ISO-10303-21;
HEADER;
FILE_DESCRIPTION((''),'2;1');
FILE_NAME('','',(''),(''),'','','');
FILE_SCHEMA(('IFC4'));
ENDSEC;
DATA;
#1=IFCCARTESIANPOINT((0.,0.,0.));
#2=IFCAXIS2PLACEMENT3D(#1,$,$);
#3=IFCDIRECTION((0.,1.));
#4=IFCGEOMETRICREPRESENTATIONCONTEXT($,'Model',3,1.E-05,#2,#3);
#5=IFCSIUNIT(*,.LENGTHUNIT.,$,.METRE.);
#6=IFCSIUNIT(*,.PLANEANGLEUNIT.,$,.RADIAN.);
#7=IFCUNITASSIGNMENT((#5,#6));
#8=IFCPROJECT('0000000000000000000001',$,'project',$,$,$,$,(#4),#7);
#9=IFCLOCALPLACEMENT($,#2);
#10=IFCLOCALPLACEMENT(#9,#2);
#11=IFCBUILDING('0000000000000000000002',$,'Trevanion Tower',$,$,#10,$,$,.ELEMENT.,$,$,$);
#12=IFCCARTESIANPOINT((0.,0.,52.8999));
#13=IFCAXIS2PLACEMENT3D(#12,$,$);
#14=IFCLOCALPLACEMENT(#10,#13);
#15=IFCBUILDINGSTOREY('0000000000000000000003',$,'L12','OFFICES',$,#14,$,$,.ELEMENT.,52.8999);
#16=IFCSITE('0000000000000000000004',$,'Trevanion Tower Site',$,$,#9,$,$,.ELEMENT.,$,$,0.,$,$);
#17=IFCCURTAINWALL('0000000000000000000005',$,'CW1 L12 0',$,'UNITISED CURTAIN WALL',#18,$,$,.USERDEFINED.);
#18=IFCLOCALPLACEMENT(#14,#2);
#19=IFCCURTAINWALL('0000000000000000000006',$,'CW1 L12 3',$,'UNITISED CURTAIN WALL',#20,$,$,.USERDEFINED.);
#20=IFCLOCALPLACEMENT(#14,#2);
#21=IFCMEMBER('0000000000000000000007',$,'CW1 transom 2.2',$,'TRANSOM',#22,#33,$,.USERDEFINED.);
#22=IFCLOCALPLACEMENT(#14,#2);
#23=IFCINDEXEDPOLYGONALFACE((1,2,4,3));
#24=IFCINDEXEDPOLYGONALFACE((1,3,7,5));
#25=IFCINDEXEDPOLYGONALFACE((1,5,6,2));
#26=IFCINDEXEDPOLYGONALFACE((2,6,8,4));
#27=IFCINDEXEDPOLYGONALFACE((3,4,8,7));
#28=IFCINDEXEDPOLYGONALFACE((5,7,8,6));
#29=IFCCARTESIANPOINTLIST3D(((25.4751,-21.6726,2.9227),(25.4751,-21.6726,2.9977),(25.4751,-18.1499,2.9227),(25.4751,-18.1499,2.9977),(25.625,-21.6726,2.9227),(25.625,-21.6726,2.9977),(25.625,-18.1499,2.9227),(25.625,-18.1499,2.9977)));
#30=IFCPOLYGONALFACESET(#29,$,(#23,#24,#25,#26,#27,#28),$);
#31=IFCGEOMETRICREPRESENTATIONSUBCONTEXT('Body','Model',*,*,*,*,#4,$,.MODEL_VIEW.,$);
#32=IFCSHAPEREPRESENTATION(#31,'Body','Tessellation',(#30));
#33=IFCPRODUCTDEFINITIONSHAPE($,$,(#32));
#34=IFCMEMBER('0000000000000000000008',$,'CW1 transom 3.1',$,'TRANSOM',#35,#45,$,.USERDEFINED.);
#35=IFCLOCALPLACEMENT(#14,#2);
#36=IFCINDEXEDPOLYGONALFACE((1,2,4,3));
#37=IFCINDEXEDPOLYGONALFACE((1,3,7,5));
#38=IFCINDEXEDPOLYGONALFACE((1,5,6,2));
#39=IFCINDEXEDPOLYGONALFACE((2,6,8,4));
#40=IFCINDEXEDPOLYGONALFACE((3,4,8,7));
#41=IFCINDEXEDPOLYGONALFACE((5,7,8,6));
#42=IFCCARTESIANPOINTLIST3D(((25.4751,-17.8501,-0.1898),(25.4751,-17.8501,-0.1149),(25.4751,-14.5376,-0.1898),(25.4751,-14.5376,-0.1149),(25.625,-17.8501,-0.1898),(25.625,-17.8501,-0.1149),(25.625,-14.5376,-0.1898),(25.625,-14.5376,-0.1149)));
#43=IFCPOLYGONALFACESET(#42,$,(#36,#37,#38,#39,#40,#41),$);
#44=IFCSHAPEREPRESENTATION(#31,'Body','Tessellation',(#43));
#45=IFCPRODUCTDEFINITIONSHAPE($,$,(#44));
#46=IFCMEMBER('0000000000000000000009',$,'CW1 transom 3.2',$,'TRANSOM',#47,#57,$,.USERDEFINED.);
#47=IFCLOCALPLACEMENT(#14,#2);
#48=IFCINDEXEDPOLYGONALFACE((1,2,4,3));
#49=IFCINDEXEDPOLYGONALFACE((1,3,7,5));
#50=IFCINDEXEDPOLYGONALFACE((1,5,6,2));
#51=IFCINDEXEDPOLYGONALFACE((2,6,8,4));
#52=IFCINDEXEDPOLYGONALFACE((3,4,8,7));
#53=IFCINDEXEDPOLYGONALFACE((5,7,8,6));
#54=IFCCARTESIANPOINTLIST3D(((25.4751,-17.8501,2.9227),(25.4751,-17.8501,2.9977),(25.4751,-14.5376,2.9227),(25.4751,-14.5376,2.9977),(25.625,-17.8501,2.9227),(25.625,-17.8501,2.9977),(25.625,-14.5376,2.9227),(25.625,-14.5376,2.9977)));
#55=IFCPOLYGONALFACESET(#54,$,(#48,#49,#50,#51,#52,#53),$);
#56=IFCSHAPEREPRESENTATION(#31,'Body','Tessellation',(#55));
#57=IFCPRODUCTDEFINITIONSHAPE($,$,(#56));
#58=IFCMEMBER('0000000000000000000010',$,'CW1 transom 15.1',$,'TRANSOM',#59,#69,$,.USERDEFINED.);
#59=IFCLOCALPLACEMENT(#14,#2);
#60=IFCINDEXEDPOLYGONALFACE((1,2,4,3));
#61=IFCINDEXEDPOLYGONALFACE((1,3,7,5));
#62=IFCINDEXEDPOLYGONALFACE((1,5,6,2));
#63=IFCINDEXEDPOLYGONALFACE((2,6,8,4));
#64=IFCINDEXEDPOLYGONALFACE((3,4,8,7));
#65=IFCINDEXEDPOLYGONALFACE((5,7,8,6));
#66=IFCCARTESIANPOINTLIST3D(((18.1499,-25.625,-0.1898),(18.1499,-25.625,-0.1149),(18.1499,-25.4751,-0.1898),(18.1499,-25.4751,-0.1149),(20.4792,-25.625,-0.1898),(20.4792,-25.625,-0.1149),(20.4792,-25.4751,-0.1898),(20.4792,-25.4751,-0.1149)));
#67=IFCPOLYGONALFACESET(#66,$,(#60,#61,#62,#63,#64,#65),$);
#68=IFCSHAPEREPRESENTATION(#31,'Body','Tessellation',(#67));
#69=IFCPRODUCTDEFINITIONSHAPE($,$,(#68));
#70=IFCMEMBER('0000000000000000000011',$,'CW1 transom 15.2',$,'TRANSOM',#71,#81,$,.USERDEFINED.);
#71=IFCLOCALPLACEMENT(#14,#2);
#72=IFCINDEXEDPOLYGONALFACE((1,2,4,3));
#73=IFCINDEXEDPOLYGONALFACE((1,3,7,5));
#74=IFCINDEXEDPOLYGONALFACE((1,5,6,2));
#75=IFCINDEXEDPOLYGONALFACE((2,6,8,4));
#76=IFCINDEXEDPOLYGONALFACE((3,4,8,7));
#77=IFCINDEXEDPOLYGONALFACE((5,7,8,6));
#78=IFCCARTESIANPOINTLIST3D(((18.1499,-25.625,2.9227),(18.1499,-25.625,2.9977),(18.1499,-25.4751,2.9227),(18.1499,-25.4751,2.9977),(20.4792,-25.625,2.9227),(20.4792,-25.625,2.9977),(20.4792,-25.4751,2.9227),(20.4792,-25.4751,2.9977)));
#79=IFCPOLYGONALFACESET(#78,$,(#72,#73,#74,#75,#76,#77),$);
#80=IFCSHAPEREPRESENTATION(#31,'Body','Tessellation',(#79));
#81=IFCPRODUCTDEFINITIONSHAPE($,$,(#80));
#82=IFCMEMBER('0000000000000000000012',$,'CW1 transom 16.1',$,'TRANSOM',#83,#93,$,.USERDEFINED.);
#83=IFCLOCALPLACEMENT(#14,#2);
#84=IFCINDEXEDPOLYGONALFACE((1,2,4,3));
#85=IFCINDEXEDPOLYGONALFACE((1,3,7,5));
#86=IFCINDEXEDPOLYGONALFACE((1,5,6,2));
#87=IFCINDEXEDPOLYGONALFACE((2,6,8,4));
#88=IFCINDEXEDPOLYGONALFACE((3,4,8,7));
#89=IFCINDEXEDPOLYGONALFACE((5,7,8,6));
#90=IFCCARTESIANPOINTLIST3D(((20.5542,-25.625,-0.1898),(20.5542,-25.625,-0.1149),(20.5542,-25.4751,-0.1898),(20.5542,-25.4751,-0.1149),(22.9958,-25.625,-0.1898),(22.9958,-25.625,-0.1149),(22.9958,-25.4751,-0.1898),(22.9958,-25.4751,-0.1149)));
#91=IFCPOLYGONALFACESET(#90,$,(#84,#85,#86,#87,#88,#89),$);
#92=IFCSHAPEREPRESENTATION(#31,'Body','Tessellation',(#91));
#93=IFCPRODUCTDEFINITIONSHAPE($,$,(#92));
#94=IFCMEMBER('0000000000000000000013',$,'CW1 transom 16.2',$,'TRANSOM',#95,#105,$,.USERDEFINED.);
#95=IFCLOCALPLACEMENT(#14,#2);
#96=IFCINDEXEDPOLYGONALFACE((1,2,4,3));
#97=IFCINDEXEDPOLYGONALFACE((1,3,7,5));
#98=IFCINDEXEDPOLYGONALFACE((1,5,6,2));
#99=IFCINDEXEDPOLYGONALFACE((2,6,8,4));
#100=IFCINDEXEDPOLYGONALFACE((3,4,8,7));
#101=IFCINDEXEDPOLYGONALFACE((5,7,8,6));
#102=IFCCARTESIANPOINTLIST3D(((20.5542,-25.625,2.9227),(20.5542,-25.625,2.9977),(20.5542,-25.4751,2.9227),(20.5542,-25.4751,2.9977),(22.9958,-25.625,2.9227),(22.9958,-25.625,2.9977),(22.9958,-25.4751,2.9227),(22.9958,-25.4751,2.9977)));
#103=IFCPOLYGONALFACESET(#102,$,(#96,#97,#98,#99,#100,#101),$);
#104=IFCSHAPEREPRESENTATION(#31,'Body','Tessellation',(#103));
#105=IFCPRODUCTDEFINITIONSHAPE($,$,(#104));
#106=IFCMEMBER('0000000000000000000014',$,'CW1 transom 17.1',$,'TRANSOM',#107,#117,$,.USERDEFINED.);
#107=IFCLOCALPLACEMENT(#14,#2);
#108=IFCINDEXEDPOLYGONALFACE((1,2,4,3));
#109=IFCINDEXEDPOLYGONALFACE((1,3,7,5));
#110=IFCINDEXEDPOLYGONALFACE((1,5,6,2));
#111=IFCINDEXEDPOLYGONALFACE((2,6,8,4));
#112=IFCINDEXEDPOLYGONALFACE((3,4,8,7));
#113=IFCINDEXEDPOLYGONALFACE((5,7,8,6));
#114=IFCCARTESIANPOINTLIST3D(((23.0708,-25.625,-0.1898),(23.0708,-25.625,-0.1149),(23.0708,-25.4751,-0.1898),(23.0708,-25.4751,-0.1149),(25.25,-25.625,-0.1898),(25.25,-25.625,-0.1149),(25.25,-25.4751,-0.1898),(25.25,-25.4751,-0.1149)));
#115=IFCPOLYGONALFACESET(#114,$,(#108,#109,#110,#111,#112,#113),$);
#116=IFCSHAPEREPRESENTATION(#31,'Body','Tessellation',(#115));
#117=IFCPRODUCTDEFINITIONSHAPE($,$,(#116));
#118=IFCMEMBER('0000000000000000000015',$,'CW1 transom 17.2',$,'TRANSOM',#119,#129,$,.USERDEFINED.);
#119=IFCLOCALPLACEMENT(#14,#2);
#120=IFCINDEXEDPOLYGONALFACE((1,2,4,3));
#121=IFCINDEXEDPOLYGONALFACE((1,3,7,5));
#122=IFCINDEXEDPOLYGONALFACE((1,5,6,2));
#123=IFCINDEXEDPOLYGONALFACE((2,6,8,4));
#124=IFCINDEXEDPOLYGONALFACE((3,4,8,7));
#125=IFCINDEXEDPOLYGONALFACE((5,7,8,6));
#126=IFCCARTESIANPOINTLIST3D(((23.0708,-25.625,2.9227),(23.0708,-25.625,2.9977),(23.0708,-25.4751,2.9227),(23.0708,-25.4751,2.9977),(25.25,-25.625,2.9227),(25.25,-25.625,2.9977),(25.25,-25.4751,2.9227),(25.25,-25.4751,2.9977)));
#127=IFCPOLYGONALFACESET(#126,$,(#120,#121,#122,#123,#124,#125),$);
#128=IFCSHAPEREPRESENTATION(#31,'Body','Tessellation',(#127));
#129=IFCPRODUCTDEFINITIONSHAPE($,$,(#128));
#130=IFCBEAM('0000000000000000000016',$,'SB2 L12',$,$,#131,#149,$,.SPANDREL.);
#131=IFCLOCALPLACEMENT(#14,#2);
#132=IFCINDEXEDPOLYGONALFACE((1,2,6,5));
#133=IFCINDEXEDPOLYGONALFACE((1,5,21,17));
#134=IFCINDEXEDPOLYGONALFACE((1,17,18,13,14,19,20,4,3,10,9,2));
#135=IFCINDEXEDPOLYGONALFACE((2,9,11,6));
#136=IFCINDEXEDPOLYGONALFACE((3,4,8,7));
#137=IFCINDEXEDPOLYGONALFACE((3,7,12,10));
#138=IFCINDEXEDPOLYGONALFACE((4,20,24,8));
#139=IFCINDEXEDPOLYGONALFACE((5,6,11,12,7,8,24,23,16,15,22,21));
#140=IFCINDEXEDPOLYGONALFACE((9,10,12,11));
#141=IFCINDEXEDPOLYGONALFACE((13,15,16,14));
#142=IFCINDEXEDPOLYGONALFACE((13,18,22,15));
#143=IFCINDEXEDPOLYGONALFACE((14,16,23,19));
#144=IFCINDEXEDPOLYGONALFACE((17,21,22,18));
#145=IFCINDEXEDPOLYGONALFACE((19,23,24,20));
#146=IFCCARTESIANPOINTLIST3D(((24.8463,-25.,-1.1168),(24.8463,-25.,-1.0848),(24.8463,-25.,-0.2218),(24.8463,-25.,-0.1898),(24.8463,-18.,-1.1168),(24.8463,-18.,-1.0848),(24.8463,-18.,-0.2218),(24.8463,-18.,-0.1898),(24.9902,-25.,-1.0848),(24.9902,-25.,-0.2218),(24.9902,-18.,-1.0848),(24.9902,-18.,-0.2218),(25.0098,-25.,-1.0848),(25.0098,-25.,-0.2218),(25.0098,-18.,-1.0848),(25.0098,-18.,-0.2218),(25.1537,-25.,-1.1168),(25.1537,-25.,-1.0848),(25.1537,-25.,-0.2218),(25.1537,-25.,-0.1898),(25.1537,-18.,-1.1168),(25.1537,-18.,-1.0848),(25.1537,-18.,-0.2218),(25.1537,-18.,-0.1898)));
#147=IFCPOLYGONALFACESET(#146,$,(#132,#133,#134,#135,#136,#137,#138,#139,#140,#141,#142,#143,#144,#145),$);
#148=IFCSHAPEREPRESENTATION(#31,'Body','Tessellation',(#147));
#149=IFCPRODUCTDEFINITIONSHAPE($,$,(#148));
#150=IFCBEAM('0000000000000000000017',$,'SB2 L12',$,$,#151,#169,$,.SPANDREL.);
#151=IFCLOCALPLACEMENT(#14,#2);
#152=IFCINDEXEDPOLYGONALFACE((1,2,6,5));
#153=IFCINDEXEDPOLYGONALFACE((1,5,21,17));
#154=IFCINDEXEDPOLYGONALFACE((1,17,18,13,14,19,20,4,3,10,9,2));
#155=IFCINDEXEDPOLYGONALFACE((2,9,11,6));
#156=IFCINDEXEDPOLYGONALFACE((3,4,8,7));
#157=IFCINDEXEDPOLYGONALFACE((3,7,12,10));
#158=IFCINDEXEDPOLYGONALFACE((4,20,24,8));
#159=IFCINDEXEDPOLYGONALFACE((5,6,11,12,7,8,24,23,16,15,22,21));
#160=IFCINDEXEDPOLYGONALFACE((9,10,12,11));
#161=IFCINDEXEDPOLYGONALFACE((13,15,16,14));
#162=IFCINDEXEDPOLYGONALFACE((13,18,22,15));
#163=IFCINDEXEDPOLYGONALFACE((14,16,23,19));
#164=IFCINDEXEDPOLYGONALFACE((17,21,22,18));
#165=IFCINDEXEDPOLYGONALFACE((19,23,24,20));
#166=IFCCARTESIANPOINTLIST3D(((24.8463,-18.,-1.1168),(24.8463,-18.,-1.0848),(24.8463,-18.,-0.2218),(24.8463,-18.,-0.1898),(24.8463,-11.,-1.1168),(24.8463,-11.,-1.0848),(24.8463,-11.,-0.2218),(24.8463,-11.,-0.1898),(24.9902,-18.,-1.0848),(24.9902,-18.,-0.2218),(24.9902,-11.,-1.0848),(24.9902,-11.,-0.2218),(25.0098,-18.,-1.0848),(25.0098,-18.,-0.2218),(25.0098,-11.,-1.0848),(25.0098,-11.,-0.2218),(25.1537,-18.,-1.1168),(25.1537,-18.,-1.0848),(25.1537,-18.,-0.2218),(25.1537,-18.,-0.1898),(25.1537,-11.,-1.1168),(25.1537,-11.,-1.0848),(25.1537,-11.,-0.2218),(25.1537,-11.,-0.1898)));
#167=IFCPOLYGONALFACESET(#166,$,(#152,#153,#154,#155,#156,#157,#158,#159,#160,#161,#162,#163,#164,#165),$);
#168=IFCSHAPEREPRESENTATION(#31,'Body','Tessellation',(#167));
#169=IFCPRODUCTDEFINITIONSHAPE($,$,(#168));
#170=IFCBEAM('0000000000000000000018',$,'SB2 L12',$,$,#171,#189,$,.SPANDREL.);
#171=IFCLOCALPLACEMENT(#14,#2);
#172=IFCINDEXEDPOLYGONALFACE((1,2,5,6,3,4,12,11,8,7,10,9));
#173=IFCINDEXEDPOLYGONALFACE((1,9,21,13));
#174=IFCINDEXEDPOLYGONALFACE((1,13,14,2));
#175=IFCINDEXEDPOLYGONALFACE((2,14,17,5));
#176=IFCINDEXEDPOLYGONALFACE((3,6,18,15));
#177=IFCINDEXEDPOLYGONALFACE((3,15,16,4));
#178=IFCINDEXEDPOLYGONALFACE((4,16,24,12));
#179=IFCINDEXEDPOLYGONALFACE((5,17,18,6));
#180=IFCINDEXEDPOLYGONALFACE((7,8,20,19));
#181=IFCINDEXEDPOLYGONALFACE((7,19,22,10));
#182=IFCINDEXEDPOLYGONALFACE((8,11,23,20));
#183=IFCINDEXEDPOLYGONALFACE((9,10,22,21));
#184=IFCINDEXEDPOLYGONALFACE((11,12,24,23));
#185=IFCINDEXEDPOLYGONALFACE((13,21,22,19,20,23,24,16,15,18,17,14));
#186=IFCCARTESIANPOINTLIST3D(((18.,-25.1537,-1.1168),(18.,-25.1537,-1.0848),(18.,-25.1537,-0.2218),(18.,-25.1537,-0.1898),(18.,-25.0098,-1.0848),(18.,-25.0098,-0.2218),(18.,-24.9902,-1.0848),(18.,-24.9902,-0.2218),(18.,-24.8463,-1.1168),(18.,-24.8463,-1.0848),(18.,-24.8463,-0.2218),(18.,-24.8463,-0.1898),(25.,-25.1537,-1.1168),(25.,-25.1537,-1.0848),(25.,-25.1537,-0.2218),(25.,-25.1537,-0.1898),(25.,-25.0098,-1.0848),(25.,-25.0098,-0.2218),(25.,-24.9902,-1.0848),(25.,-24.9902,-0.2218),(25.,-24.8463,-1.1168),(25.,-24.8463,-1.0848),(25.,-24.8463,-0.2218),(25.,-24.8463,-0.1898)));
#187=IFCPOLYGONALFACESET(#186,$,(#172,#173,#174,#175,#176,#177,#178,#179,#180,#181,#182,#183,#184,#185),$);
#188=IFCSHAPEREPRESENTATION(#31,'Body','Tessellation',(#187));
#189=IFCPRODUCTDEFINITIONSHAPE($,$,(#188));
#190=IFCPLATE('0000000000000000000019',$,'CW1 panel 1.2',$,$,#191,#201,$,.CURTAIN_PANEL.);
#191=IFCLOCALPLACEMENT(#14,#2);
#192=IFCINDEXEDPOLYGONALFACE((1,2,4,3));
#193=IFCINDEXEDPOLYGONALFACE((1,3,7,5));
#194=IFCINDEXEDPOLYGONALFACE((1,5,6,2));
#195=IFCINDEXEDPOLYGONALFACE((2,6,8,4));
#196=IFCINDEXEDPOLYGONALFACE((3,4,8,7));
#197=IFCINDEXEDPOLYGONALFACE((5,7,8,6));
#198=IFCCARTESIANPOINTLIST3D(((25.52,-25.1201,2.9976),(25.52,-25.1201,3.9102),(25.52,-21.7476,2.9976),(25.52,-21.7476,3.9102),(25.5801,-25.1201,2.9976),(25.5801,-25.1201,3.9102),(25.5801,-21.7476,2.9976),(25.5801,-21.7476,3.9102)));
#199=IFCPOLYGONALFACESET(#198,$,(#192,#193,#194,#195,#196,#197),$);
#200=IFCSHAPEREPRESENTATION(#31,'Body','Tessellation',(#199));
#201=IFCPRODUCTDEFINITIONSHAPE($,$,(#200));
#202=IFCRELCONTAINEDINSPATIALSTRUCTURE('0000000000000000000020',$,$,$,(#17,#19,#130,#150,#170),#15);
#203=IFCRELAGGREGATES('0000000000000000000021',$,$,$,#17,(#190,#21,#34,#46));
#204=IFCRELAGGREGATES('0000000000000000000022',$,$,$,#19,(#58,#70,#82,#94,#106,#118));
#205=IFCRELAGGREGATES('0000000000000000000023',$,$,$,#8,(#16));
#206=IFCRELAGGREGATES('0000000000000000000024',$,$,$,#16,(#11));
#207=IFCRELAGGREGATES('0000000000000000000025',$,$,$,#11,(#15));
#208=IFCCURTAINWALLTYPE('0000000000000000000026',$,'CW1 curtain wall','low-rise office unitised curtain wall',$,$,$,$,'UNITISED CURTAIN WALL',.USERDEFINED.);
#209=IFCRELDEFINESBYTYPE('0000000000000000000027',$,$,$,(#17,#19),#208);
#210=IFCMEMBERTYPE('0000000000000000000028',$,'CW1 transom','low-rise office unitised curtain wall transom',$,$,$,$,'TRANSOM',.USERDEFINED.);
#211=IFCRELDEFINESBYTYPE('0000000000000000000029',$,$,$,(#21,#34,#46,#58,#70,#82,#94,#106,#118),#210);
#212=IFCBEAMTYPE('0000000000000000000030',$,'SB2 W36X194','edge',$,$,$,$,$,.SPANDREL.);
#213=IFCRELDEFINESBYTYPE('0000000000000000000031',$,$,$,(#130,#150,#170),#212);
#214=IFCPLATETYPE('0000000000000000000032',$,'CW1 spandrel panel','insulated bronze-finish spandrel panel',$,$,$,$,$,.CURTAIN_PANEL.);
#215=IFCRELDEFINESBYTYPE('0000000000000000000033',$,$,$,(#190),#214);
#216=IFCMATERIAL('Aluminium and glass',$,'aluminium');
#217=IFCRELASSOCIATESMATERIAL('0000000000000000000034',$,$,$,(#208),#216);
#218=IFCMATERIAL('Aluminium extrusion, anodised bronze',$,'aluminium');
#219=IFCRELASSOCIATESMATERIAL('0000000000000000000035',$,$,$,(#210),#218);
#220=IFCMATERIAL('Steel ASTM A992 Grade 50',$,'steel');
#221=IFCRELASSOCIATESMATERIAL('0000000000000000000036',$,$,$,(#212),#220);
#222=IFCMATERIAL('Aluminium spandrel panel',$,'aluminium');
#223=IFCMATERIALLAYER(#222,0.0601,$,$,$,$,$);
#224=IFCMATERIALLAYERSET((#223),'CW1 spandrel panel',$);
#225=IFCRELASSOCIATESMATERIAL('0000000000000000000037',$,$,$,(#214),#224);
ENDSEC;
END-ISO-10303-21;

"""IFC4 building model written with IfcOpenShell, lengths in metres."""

from ifc_helpers import new_model, si_unit, direction, frame, origin, origin_2d, place, context, subcontext, project, spatial, rectangle, i_section, extrude, material, layer, layer_set, material_profile, profile_set, type_object, element, aggregate, save


model = new_model("IFC4")

# Units and contexts
model_context = context("Model", 3, precision=1e-05, world=origin(), true_north=direction((0.0, 1.0)))
body_context = subcontext(model_context, "Body", "Model", "MODEL_VIEW")
ifc_project = project(units=[si_unit("LENGTHUNIT", "METRE"), si_unit("PLANEANGLEUNIT", "RADIAN")], contexts=[model_context])

# Site, building, storey
site_placement = place(None, origin())
site = spatial("IfcSite", under=ifc_project, at=site_placement, Name="Trevanion Tower Site", CompositionType="ELEMENT", RefElevation=0.0)
building_placement = place(site_placement, origin())
building = spatial("IfcBuilding", under=site, at=building_placement, Name="Trevanion Tower", CompositionType="ELEMENT")
storey_placement = place(building_placement, frame((0.0, 0.0, 52.8999)))
storey = spatial("IfcBuildingStorey", under=building, at=storey_placement, Name="L12", Description="OFFICES", CompositionType="ELEMENT", Elevation=52.8999)

# Curtain wall
ifc_material_1 = material(Name="Aluminium and glass", Category="aluminium")
curtain_wall_type = type_object("IfcCurtainWallType", Name="CW1 curtain wall", Description="low-rise office unitised curtain wall", ElementType="UNITISED CURTAIN WALL", PredefinedType="USERDEFINED", material=ifc_material_1)
curtain_wall_1_placement = place(storey_placement, origin())
curtain_wall_1 = element("IfcCurtainWall", 1, at=curtain_wall_1_placement, inside=storey, type_object=curtain_wall_type, Name="CW1 L12 0", ObjectType="UNITISED CURTAIN WALL", PredefinedType="USERDEFINED")

# Curtain wall
curtain_wall_2_placement = place(storey_placement, origin())
curtain_wall_2 = element("IfcCurtainWall", 2, at=curtain_wall_2_placement, inside=storey, type_object=curtain_wall_type, Name="CW1 L12 3", ObjectType="UNITISED CURTAIN WALL", PredefinedType="USERDEFINED")

# Members
ifc_material_2 = material(Name="Aluminium extrusion, anodised bronze", Category="aluminium")
ifc_material_profile_1 = material_profile(ifc_material_2, rectangle(XDim=0.1499, YDim=0.075, at=origin_2d()), Name="CW1 transom")
ifc_profile_set_1 = profile_set([ifc_material_profile_1], Name="Aluminium extrusion, anodised bronze")
member_type_1 = type_object("IfcMemberType", Name="CW1 transom", Description="low-rise office unitised curtain wall transom", ElementType="TRANSOM", PredefinedType="USERDEFINED", material=ifc_profile_set_1)
member_1_placement = place(storey_placement, frame((25.55, -21.6726, 2.9602), z_axis=(0.0, 1.0, 0.0), x_axis=(-1.0, 0.0, 0.0)))
member_1 = element("IfcMember", 3, at=member_1_placement, type_object=member_type_1, Name="CW1 transom 2.2", ObjectType="TRANSOM", PredefinedType="USERDEFINED", context=body_context, shape_type="SweptSolid", body=[
    extrude(rectangle(XDim=0.1499, YDim=0.075, at=origin_2d()), origin(), (0.0, 0.0, 1.0), 3.5227),
])
member_2_placement = place(storey_placement, frame((25.55, -17.8501, -0.1523), z_axis=(0.0, 1.0, 0.0), x_axis=(-1.0, 0.0, 0.0)))
member_2 = element("IfcMember", 4, at=member_2_placement, type_object=member_type_1, Name="CW1 transom 3.1", ObjectType="TRANSOM", PredefinedType="USERDEFINED", context=body_context, shape_type="SweptSolid", body=[
    extrude(rectangle(XDim=0.1499, YDim=0.075, at=origin_2d()), origin(), (0.0, 0.0, 1.0), 3.3125),
])
member_3_placement = place(storey_placement, frame((25.55, -17.8501, 2.9602), z_axis=(0.0, 1.0, 0.0), x_axis=(-1.0, 0.0, 0.0)))
member_3 = element("IfcMember", 5, at=member_3_placement, type_object=member_type_1, Name="CW1 transom 3.2", ObjectType="TRANSOM", PredefinedType="USERDEFINED", context=body_context, shape_type="SweptSolid", body=[
    extrude(rectangle(XDim=0.1499, YDim=0.075, at=origin_2d()), origin(), (0.0, 0.0, 1.0), 3.3125),
])
member_4_placement = place(storey_placement, frame((18.1499, -25.55, -0.1523), z_axis=(1.0, 0.0, 0.0), x_axis=(0.0, 1.0, 0.0)))
member_4 = element("IfcMember", 6, at=member_4_placement, type_object=member_type_1, Name="CW1 transom 15.1", ObjectType="TRANSOM", PredefinedType="USERDEFINED", context=body_context, shape_type="SweptSolid", body=[
    extrude(rectangle(XDim=0.1499, YDim=0.075, at=origin_2d()), origin(), (0.0, 0.0, 1.0), 2.3293),
])
member_5_placement = place(storey_placement, frame((18.1499, -25.55, 2.9602), z_axis=(1.0, 0.0, 0.0), x_axis=(0.0, 1.0, 0.0)))
member_5 = element("IfcMember", 7, at=member_5_placement, type_object=member_type_1, Name="CW1 transom 15.2", ObjectType="TRANSOM", PredefinedType="USERDEFINED", context=body_context, shape_type="SweptSolid", body=[
    extrude(rectangle(XDim=0.1499, YDim=0.075, at=origin_2d()), origin(), (0.0, 0.0, 1.0), 2.3293),
])
member_6_placement = place(storey_placement, frame((20.5542, -25.55, -0.1523), z_axis=(1.0, 0.0, 0.0), x_axis=(0.0, 1.0, 0.0)))
member_6 = element("IfcMember", 8, at=member_6_placement, type_object=member_type_1, Name="CW1 transom 16.1", ObjectType="TRANSOM", PredefinedType="USERDEFINED", context=body_context, shape_type="SweptSolid", body=[
    extrude(rectangle(XDim=0.1499, YDim=0.075, at=origin_2d()), origin(), (0.0, 0.0, 1.0), 2.4417),
])
member_7_placement = place(storey_placement, frame((20.5542, -25.55, 2.9602), z_axis=(1.0, 0.0, 0.0), x_axis=(0.0, 1.0, 0.0)))
member_7 = element("IfcMember", 9, at=member_7_placement, type_object=member_type_1, Name="CW1 transom 16.2", ObjectType="TRANSOM", PredefinedType="USERDEFINED", context=body_context, shape_type="SweptSolid", body=[
    extrude(rectangle(XDim=0.1499, YDim=0.075, at=origin_2d()), origin(), (0.0, 0.0, 1.0), 2.4417),
])
member_8_placement = place(storey_placement, frame((23.0708, -25.55, -0.1523), z_axis=(1.0, 0.0, 0.0), x_axis=(0.0, 1.0, 0.0)))
member_8 = element("IfcMember", 10, at=member_8_placement, type_object=member_type_1, Name="CW1 transom 17.1", ObjectType="TRANSOM", PredefinedType="USERDEFINED", context=body_context, shape_type="SweptSolid", body=[
    extrude(rectangle(XDim=0.1499, YDim=0.075, at=origin_2d()), origin(), (0.0, 0.0, 1.0), 2.1792),
])
member_9_placement = place(storey_placement, frame((23.0708, -25.55, 2.9602), z_axis=(1.0, 0.0, 0.0), x_axis=(0.0, 1.0, 0.0)))
member_9 = element("IfcMember", 11, at=member_9_placement, type_object=member_type_1, Name="CW1 transom 17.2", ObjectType="TRANSOM", PredefinedType="USERDEFINED", context=body_context, shape_type="SweptSolid", body=[
    extrude(rectangle(XDim=0.1499, YDim=0.075, at=origin_2d()), origin(), (0.0, 0.0, 1.0), 2.1792),
])

# Beams
ifc_material_3 = material(Name="Steel ASTM A992 Grade 50", Category="steel")
ifc_material_profile_2 = material_profile(ifc_material_3, i_section(OverallWidth=0.3074, OverallDepth=0.927, WebThickness=0.0195, FlangeThickness=0.032, at=origin_2d()), Name="W36X194")
ifc_profile_set_2 = profile_set([ifc_material_profile_2], Name="Steel ASTM A992 Grade 50")
beam_type = type_object("IfcBeamType", Name="SB2 W36X194", Description="edge", PredefinedType="SPANDREL", material=ifc_profile_set_2)
for number, where, z_axis, x_axis, name in (
    (12, (25.0, -25.0, -0.6533), (0.0, 1.0, 0.0), (-1.0, 0.0, 0.0), "SB2 L12"),
    (13, (25.0, -18.0, -0.6533), (0.0, 1.0, 0.0), (-1.0, 0.0, 0.0), "SB2 L12"),
    (14, (18.0, -25.0, -0.6533), (1.0, 0.0, 0.0), (0.0, 1.0, 0.0), "SB2 L12"),
):
    element("IfcBeam", number, at=place(storey_placement, frame(where, z_axis=z_axis, x_axis=x_axis)), inside=storey, type_object=beam_type, Name=name, PredefinedType="SPANDREL", context=body_context, shape_type="SweptSolid", body=[
        extrude(i_section(OverallWidth=0.3074, OverallDepth=0.927, WebThickness=0.0195, FlangeThickness=0.032, at=origin_2d()), origin(), (0.0, 0.0, 1.0), 7.0),
    ])

# Plate
ifc_material_4 = material(Name="Aluminium spandrel panel", Category="aluminium")
ifc_layer_1 = layer(ifc_material_4, 0.0601)
ifc_layer_set_1 = layer_set([ifc_layer_1], Name="CW1 spandrel panel")
plate_type_1 = type_object("IfcPlateType", Name="CW1 spandrel panel", Description="insulated bronze-finish spandrel panel", PredefinedType="CURTAIN_PANEL", material=ifc_layer_set_1)
plate_1_placement = place(storey_placement, frame((25.55, -23.4338, 2.9976), z_axis=(0.0, 0.0, 1.0), x_axis=(0.0, 1.0, 0.0)))
plate_1 = element("IfcPlate", 15, at=plate_1_placement, type_object=plate_type_1, Name="CW1 panel 1.2", PredefinedType="CURTAIN_PANEL", context=body_context, shape_type="SweptSolid", body=[
    extrude(rectangle(XDim=3.3726, YDim=0.0601, at=origin_2d()), origin(), (0.0, 0.0, 1.0), 0.9126),
])
aggregate(curtain_wall_1, [plate_1, member_1, member_2, member_3])
aggregate(curtain_wall_2, [member_4, member_5, member_6, member_7, member_8, member_9])

save(model, "model.ifc")
